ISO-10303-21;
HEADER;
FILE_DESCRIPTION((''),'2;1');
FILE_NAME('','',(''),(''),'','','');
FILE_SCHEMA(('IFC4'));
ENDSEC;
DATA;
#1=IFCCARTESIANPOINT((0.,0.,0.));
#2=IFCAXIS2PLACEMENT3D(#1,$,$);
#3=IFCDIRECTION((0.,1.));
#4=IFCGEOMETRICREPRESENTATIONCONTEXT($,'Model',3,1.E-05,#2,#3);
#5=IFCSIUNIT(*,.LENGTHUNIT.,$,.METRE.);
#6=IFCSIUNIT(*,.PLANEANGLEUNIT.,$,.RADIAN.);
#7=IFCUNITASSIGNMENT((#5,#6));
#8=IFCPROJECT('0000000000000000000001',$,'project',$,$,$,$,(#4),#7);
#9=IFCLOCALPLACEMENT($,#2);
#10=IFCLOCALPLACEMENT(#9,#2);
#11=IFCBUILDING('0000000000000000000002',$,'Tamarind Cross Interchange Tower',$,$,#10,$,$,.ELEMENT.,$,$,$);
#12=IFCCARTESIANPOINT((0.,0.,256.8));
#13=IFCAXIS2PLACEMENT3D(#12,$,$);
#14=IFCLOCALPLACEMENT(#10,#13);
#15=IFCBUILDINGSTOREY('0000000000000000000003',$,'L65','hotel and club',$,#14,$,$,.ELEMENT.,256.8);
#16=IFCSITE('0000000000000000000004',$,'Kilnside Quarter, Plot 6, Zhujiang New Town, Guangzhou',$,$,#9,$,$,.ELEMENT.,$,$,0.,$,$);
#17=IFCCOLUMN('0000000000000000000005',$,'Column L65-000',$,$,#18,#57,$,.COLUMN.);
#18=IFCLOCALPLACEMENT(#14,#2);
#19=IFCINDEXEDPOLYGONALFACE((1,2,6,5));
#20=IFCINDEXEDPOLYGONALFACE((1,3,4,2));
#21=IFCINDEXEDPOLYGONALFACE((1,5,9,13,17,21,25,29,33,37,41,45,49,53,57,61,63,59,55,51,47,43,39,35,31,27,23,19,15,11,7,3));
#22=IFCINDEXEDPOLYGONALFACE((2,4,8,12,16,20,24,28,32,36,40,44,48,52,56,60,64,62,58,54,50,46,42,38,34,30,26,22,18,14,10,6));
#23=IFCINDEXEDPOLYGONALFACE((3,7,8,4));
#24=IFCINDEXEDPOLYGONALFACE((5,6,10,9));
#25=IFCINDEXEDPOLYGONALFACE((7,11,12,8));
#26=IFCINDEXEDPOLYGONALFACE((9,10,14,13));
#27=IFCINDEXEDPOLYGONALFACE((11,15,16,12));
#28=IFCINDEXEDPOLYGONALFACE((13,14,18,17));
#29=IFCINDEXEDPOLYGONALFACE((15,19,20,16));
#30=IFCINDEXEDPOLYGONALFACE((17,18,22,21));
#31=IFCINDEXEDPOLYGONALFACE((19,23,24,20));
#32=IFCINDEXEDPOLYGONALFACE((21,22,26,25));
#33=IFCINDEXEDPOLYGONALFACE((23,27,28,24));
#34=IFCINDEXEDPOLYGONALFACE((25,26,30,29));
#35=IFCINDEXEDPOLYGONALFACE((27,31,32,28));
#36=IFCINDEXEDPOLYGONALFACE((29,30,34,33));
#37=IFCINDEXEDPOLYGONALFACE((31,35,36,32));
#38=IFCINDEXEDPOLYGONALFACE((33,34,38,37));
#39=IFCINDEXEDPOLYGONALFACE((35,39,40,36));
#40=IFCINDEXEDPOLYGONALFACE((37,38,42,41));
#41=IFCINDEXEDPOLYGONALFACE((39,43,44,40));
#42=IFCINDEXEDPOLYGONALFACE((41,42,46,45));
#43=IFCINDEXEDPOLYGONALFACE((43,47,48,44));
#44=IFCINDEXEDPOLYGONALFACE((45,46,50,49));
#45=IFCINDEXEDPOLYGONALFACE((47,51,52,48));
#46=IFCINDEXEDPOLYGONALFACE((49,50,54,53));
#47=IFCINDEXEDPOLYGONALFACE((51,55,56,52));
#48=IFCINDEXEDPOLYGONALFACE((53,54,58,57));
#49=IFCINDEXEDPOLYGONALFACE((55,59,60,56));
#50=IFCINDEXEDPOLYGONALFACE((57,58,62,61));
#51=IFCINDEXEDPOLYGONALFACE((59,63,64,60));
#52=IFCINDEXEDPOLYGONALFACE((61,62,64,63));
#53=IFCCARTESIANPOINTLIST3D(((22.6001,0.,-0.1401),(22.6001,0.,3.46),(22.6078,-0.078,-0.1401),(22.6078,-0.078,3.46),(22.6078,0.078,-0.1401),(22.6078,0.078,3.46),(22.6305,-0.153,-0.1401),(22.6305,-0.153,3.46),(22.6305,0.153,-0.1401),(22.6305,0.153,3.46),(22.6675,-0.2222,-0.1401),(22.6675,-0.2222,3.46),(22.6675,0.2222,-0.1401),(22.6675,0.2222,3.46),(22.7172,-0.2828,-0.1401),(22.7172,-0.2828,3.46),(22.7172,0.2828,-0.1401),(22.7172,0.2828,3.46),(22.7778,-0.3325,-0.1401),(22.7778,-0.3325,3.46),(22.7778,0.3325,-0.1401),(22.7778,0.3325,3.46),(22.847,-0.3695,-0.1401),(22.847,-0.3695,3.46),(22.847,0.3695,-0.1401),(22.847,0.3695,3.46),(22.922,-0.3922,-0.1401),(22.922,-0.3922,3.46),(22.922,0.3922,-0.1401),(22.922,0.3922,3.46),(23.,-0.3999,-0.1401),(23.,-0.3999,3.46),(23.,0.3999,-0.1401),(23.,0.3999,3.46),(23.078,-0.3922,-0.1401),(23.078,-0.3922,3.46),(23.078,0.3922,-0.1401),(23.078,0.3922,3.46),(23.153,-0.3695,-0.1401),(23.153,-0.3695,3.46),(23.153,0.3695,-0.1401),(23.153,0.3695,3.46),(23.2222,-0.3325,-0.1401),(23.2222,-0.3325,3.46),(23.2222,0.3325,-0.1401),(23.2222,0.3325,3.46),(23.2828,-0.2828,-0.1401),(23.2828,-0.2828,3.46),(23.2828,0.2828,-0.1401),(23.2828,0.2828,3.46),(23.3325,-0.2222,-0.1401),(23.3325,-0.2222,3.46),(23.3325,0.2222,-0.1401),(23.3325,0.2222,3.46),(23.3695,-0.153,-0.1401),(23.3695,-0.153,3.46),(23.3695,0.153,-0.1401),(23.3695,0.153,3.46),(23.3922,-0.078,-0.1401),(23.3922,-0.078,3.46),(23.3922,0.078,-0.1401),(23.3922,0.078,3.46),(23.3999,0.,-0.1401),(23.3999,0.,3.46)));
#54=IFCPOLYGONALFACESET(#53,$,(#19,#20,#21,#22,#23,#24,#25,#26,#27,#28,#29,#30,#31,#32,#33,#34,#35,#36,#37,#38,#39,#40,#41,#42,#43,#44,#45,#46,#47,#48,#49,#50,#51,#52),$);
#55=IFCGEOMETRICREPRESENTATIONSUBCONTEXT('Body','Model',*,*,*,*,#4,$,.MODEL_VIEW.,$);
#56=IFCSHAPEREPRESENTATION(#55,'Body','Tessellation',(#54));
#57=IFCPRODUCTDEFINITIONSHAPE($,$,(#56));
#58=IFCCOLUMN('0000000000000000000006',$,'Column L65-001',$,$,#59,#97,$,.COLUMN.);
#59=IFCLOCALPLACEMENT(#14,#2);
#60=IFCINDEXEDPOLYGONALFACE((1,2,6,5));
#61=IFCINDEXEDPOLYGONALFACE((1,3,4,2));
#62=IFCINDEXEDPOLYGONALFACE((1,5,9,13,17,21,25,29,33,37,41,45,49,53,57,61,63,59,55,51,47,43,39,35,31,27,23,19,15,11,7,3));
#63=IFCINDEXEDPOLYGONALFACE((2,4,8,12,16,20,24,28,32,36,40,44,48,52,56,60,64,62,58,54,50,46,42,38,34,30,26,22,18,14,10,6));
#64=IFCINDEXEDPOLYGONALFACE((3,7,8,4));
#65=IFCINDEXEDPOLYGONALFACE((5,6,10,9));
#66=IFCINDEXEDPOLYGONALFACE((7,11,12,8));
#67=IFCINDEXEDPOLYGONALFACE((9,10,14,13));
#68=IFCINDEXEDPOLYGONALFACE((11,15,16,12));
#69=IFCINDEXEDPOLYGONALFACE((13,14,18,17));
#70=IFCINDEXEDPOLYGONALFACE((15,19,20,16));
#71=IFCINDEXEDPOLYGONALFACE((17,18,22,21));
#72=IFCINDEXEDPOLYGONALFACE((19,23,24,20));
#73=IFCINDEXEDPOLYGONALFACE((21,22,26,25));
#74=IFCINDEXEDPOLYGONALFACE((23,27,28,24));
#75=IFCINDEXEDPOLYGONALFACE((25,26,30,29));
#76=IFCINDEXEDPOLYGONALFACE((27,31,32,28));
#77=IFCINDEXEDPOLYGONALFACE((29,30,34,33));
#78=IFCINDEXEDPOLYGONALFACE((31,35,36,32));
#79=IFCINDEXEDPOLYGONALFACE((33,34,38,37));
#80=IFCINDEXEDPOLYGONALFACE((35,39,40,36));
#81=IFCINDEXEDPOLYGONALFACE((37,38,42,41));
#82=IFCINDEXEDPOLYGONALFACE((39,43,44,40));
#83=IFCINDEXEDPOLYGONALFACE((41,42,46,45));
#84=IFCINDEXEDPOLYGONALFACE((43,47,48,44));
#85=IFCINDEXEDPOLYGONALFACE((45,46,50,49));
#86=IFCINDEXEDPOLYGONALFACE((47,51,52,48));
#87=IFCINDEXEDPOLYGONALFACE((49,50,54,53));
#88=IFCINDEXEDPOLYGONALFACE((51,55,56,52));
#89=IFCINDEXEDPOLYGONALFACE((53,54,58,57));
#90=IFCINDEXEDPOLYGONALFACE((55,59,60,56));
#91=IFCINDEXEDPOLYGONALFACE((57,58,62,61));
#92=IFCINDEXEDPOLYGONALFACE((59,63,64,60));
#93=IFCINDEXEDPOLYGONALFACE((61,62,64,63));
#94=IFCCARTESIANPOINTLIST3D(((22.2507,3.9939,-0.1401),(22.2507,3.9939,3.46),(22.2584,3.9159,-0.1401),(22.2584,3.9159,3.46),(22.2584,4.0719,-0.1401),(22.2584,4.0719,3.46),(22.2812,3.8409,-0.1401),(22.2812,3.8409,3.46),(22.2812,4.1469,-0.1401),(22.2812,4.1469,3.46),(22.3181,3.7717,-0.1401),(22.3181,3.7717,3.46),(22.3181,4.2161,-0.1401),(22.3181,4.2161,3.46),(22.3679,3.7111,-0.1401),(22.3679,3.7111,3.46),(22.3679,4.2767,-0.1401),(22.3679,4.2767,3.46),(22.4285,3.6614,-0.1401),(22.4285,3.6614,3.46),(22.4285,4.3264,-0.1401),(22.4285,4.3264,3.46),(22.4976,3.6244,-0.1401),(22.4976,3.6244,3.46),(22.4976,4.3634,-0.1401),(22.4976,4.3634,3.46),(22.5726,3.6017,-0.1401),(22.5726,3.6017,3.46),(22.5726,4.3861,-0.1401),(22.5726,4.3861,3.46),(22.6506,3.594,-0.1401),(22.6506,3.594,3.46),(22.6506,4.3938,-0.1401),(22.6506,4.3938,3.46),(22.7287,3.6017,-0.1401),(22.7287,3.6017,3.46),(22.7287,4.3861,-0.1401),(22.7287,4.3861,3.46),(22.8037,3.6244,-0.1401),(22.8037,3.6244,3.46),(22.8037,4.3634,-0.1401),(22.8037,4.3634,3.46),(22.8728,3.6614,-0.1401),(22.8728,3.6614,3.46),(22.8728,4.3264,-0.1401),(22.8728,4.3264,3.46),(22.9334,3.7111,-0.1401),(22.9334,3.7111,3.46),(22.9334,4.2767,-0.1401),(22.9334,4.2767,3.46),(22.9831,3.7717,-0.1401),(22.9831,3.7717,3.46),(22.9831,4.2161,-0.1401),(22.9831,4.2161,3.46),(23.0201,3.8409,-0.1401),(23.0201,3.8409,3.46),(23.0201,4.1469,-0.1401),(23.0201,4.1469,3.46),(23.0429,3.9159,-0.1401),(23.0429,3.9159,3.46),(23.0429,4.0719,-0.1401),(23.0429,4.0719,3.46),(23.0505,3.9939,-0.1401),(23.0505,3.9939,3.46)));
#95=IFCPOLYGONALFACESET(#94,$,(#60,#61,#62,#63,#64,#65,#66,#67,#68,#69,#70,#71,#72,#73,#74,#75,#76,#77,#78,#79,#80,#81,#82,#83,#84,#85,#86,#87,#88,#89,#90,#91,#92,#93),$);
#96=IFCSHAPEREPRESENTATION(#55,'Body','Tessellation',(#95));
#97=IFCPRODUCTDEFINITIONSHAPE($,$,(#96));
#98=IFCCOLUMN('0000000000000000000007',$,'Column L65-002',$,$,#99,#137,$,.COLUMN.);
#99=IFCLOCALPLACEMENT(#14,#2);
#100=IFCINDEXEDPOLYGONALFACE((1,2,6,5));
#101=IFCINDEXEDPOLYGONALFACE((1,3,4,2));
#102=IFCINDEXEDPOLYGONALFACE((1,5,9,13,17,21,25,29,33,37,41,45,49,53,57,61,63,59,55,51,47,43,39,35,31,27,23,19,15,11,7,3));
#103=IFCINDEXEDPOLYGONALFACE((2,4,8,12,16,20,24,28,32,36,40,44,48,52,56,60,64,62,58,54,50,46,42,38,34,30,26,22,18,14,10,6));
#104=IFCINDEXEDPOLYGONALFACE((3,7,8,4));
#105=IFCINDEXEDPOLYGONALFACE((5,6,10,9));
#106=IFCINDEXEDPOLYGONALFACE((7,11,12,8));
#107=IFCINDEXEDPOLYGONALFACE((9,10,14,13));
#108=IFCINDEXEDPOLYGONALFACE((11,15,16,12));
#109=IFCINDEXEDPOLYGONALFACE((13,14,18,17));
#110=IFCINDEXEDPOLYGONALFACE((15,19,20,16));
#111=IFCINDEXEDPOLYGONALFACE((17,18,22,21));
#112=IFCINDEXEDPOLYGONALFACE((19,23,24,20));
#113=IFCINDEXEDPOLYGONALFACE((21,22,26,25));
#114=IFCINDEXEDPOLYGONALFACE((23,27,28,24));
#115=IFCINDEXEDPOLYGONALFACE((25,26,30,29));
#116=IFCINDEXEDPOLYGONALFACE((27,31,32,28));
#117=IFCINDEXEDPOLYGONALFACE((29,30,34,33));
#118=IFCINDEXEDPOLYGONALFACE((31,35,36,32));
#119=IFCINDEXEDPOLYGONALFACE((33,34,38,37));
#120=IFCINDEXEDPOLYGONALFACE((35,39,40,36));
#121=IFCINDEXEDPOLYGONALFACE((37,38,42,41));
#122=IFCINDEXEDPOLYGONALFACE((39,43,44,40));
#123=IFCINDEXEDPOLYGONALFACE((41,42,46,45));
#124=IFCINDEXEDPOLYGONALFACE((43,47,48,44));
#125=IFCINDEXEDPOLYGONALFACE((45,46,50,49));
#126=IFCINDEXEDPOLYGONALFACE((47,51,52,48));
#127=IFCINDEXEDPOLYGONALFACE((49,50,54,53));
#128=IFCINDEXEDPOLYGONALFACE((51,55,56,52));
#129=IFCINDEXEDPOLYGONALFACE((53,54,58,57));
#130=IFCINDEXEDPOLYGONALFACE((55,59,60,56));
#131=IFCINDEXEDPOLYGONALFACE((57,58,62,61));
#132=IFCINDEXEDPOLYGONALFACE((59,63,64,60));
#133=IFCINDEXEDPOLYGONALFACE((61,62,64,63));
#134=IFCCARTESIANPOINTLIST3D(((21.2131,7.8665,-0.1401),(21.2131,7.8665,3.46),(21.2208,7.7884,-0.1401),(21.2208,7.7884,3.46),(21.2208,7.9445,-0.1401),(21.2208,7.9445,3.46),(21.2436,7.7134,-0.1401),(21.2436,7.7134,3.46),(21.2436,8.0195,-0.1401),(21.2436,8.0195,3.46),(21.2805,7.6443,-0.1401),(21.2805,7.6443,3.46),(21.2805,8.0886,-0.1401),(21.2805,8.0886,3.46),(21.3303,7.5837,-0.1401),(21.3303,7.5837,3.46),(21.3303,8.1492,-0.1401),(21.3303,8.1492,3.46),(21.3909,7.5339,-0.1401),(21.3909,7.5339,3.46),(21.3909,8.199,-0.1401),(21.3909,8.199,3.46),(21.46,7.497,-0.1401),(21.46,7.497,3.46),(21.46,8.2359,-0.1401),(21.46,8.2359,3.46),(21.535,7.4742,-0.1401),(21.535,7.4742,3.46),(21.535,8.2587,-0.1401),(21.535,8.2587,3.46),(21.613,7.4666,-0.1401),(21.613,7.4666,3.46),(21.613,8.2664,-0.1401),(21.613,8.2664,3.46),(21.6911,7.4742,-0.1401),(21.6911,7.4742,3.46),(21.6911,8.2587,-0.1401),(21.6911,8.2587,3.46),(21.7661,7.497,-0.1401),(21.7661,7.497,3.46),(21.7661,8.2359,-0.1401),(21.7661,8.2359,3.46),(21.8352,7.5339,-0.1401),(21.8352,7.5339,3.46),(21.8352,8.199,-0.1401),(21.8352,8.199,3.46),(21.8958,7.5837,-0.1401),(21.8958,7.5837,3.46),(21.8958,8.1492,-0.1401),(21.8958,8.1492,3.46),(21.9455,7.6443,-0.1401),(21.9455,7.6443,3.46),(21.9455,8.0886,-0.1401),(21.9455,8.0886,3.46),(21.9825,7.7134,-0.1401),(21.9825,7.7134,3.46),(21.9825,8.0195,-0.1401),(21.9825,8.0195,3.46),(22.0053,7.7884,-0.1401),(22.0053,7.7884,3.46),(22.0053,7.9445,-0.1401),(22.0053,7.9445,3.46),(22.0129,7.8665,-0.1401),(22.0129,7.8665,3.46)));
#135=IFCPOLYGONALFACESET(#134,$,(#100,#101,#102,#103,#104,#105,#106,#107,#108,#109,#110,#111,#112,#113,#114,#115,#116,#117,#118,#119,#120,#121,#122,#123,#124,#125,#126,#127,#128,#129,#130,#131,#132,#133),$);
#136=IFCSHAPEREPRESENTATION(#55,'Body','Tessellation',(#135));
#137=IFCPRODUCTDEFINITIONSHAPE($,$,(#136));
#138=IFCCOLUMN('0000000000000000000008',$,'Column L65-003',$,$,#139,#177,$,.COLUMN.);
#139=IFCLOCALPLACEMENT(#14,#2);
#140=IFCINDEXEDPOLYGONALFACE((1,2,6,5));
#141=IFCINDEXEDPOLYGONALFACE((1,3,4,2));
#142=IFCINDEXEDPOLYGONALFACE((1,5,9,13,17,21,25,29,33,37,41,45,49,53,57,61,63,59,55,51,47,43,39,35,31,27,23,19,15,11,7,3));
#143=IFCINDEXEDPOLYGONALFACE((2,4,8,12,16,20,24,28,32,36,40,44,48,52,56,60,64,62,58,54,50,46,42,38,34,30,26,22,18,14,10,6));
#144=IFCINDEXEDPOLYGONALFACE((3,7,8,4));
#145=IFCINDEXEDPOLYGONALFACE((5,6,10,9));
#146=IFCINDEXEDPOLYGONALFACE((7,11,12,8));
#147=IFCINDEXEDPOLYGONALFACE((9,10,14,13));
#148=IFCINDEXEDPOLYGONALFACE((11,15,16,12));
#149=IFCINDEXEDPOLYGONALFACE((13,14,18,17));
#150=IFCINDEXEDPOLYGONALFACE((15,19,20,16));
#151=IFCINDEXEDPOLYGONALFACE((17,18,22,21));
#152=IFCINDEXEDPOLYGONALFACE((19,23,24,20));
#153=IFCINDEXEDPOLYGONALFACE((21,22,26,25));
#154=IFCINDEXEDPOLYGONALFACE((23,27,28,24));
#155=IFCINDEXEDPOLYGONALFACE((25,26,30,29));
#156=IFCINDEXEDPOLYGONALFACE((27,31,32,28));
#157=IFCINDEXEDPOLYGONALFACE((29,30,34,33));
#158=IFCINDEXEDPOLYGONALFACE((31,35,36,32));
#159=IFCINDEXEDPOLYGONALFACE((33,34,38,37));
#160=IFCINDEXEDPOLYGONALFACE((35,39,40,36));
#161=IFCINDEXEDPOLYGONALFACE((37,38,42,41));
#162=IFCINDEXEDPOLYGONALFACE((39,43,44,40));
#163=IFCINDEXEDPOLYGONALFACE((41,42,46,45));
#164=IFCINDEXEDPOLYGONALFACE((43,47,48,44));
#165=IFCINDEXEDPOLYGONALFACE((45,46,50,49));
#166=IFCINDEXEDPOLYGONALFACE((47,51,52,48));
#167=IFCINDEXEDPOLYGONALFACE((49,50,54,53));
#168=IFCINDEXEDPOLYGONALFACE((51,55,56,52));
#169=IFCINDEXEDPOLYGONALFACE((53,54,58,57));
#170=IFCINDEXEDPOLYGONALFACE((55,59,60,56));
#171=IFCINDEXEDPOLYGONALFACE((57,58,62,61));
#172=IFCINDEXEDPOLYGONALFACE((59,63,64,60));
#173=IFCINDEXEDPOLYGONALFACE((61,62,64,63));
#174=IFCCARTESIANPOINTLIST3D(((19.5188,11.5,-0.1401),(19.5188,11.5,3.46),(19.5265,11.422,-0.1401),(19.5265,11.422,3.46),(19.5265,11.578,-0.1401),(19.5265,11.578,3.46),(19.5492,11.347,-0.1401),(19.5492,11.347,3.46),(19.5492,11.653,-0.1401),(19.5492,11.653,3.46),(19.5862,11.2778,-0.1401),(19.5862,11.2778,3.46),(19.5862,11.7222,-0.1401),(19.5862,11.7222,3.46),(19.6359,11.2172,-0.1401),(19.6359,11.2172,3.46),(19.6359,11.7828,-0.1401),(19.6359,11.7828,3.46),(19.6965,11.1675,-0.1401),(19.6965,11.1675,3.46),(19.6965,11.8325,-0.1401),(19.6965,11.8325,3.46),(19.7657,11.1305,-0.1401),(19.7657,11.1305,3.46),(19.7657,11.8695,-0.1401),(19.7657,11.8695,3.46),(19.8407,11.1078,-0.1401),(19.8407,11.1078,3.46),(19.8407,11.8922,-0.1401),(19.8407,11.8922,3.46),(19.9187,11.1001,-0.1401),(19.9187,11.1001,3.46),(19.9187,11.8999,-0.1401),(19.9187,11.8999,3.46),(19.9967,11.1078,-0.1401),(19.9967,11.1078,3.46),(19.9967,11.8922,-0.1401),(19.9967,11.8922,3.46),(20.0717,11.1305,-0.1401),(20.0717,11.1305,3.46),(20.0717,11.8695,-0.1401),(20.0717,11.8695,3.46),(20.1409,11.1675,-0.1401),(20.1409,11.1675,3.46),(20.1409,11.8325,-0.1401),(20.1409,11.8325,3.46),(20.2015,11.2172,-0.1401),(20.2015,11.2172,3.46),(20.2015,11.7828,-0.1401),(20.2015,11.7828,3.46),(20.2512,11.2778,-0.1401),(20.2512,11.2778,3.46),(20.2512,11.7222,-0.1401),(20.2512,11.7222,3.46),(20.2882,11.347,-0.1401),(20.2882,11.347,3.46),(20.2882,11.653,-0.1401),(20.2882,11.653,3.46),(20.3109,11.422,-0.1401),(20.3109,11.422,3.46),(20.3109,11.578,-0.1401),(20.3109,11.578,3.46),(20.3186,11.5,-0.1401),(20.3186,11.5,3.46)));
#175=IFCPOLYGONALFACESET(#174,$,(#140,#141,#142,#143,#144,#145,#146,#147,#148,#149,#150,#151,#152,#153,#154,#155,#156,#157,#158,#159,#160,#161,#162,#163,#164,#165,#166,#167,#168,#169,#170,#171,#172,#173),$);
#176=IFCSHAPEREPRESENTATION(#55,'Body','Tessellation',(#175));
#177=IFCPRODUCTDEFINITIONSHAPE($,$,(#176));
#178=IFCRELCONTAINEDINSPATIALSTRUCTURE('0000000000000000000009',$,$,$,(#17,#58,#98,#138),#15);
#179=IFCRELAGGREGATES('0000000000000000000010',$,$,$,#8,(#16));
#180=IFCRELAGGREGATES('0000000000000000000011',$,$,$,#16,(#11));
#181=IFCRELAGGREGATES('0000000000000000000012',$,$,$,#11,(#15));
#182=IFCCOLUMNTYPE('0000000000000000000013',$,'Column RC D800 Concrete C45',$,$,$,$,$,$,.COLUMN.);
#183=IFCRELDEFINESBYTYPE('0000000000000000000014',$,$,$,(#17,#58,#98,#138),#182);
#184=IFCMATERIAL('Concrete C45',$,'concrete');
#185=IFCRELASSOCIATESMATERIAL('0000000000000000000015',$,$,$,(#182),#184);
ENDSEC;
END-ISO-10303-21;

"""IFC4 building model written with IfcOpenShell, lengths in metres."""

from ifc_helpers import new_model, si_unit, direction, frame, origin, origin_2d, place, context, subcontext, project, spatial, circle, extrude, material, material_profile, profile_set, type_object, element, save


model = new_model("IFC4")

# Units and contexts
model_context = context("Model", 3, precision=1e-05, world=origin(), true_north=direction((0.0, 1.0)))
body_context = subcontext(model_context, "Body", "Model", "MODEL_VIEW")
ifc_project = project(units=[si_unit("LENGTHUNIT", "METRE"), si_unit("PLANEANGLEUNIT", "RADIAN")], contexts=[model_context])

# Site, building, storey
site_placement = place(None, origin())
site = spatial("IfcSite", under=ifc_project, at=site_placement, Name="Kilnside Quarter, Plot 6, Zhujiang New Town, Guangzhou", CompositionType="ELEMENT", RefElevation=0.0)
building_placement = place(site_placement, origin())
building = spatial("IfcBuilding", under=site, at=building_placement, Name="Tamarind Cross Interchange Tower", CompositionType="ELEMENT")
storey_placement = place(building_placement, frame((0.0, 0.0, 256.8)))
storey = spatial("IfcBuildingStorey", under=building, at=storey_placement, Name="L65", Description="hotel and club", CompositionType="ELEMENT", Elevation=256.8)

# Columns
ifc_material_1 = material(Name="Concrete C45", Category="concrete")
ifc_material_profile_1 = material_profile(ifc_material_1, circle(Radius=0.3999, at=origin_2d()), Name="RC D800")
ifc_profile_set_1 = profile_set([ifc_material_profile_1], Name="Concrete C45")
column_type = type_object("IfcColumnType", Name="Column RC D800 Concrete C45", PredefinedType="COLUMN", material=ifc_profile_set_1)
for number, where, z_axis, x_axis, name in (
    (1, (23.0, 0.0, -0.1401), (0.0, 0.0, 1.0), (1.0, 0.0, 0.0), "Column L65-000"),
    (2, (22.6506, 3.9939, -0.1401), (0.0, 0.0, 1.0), (1.0, 0.0, 0.0), "Column L65-001"),
    (3, (21.613, 7.8665, -0.1401), (0.0, 0.0, 1.0), (1.0, 0.0, 0.0), "Column L65-002"),
    (4, (19.9187, 11.5, -0.1401), (0.0, 0.0, 1.0), (1.0, 0.0, 0.0), "Column L65-003"),
):
    element("IfcColumn", number, at=place(storey_placement, frame(where, z_axis=z_axis, x_axis=x_axis)), inside=storey, type_object=column_type, Name=name, PredefinedType="COLUMN", context=body_context, shape_type="SweptSolid", body=[
        extrude(circle(Radius=0.3999, at=origin_2d()), origin(), (0.0, 0.0, 1.0), 3.6001),
    ])

save(model, "model.ifc")
